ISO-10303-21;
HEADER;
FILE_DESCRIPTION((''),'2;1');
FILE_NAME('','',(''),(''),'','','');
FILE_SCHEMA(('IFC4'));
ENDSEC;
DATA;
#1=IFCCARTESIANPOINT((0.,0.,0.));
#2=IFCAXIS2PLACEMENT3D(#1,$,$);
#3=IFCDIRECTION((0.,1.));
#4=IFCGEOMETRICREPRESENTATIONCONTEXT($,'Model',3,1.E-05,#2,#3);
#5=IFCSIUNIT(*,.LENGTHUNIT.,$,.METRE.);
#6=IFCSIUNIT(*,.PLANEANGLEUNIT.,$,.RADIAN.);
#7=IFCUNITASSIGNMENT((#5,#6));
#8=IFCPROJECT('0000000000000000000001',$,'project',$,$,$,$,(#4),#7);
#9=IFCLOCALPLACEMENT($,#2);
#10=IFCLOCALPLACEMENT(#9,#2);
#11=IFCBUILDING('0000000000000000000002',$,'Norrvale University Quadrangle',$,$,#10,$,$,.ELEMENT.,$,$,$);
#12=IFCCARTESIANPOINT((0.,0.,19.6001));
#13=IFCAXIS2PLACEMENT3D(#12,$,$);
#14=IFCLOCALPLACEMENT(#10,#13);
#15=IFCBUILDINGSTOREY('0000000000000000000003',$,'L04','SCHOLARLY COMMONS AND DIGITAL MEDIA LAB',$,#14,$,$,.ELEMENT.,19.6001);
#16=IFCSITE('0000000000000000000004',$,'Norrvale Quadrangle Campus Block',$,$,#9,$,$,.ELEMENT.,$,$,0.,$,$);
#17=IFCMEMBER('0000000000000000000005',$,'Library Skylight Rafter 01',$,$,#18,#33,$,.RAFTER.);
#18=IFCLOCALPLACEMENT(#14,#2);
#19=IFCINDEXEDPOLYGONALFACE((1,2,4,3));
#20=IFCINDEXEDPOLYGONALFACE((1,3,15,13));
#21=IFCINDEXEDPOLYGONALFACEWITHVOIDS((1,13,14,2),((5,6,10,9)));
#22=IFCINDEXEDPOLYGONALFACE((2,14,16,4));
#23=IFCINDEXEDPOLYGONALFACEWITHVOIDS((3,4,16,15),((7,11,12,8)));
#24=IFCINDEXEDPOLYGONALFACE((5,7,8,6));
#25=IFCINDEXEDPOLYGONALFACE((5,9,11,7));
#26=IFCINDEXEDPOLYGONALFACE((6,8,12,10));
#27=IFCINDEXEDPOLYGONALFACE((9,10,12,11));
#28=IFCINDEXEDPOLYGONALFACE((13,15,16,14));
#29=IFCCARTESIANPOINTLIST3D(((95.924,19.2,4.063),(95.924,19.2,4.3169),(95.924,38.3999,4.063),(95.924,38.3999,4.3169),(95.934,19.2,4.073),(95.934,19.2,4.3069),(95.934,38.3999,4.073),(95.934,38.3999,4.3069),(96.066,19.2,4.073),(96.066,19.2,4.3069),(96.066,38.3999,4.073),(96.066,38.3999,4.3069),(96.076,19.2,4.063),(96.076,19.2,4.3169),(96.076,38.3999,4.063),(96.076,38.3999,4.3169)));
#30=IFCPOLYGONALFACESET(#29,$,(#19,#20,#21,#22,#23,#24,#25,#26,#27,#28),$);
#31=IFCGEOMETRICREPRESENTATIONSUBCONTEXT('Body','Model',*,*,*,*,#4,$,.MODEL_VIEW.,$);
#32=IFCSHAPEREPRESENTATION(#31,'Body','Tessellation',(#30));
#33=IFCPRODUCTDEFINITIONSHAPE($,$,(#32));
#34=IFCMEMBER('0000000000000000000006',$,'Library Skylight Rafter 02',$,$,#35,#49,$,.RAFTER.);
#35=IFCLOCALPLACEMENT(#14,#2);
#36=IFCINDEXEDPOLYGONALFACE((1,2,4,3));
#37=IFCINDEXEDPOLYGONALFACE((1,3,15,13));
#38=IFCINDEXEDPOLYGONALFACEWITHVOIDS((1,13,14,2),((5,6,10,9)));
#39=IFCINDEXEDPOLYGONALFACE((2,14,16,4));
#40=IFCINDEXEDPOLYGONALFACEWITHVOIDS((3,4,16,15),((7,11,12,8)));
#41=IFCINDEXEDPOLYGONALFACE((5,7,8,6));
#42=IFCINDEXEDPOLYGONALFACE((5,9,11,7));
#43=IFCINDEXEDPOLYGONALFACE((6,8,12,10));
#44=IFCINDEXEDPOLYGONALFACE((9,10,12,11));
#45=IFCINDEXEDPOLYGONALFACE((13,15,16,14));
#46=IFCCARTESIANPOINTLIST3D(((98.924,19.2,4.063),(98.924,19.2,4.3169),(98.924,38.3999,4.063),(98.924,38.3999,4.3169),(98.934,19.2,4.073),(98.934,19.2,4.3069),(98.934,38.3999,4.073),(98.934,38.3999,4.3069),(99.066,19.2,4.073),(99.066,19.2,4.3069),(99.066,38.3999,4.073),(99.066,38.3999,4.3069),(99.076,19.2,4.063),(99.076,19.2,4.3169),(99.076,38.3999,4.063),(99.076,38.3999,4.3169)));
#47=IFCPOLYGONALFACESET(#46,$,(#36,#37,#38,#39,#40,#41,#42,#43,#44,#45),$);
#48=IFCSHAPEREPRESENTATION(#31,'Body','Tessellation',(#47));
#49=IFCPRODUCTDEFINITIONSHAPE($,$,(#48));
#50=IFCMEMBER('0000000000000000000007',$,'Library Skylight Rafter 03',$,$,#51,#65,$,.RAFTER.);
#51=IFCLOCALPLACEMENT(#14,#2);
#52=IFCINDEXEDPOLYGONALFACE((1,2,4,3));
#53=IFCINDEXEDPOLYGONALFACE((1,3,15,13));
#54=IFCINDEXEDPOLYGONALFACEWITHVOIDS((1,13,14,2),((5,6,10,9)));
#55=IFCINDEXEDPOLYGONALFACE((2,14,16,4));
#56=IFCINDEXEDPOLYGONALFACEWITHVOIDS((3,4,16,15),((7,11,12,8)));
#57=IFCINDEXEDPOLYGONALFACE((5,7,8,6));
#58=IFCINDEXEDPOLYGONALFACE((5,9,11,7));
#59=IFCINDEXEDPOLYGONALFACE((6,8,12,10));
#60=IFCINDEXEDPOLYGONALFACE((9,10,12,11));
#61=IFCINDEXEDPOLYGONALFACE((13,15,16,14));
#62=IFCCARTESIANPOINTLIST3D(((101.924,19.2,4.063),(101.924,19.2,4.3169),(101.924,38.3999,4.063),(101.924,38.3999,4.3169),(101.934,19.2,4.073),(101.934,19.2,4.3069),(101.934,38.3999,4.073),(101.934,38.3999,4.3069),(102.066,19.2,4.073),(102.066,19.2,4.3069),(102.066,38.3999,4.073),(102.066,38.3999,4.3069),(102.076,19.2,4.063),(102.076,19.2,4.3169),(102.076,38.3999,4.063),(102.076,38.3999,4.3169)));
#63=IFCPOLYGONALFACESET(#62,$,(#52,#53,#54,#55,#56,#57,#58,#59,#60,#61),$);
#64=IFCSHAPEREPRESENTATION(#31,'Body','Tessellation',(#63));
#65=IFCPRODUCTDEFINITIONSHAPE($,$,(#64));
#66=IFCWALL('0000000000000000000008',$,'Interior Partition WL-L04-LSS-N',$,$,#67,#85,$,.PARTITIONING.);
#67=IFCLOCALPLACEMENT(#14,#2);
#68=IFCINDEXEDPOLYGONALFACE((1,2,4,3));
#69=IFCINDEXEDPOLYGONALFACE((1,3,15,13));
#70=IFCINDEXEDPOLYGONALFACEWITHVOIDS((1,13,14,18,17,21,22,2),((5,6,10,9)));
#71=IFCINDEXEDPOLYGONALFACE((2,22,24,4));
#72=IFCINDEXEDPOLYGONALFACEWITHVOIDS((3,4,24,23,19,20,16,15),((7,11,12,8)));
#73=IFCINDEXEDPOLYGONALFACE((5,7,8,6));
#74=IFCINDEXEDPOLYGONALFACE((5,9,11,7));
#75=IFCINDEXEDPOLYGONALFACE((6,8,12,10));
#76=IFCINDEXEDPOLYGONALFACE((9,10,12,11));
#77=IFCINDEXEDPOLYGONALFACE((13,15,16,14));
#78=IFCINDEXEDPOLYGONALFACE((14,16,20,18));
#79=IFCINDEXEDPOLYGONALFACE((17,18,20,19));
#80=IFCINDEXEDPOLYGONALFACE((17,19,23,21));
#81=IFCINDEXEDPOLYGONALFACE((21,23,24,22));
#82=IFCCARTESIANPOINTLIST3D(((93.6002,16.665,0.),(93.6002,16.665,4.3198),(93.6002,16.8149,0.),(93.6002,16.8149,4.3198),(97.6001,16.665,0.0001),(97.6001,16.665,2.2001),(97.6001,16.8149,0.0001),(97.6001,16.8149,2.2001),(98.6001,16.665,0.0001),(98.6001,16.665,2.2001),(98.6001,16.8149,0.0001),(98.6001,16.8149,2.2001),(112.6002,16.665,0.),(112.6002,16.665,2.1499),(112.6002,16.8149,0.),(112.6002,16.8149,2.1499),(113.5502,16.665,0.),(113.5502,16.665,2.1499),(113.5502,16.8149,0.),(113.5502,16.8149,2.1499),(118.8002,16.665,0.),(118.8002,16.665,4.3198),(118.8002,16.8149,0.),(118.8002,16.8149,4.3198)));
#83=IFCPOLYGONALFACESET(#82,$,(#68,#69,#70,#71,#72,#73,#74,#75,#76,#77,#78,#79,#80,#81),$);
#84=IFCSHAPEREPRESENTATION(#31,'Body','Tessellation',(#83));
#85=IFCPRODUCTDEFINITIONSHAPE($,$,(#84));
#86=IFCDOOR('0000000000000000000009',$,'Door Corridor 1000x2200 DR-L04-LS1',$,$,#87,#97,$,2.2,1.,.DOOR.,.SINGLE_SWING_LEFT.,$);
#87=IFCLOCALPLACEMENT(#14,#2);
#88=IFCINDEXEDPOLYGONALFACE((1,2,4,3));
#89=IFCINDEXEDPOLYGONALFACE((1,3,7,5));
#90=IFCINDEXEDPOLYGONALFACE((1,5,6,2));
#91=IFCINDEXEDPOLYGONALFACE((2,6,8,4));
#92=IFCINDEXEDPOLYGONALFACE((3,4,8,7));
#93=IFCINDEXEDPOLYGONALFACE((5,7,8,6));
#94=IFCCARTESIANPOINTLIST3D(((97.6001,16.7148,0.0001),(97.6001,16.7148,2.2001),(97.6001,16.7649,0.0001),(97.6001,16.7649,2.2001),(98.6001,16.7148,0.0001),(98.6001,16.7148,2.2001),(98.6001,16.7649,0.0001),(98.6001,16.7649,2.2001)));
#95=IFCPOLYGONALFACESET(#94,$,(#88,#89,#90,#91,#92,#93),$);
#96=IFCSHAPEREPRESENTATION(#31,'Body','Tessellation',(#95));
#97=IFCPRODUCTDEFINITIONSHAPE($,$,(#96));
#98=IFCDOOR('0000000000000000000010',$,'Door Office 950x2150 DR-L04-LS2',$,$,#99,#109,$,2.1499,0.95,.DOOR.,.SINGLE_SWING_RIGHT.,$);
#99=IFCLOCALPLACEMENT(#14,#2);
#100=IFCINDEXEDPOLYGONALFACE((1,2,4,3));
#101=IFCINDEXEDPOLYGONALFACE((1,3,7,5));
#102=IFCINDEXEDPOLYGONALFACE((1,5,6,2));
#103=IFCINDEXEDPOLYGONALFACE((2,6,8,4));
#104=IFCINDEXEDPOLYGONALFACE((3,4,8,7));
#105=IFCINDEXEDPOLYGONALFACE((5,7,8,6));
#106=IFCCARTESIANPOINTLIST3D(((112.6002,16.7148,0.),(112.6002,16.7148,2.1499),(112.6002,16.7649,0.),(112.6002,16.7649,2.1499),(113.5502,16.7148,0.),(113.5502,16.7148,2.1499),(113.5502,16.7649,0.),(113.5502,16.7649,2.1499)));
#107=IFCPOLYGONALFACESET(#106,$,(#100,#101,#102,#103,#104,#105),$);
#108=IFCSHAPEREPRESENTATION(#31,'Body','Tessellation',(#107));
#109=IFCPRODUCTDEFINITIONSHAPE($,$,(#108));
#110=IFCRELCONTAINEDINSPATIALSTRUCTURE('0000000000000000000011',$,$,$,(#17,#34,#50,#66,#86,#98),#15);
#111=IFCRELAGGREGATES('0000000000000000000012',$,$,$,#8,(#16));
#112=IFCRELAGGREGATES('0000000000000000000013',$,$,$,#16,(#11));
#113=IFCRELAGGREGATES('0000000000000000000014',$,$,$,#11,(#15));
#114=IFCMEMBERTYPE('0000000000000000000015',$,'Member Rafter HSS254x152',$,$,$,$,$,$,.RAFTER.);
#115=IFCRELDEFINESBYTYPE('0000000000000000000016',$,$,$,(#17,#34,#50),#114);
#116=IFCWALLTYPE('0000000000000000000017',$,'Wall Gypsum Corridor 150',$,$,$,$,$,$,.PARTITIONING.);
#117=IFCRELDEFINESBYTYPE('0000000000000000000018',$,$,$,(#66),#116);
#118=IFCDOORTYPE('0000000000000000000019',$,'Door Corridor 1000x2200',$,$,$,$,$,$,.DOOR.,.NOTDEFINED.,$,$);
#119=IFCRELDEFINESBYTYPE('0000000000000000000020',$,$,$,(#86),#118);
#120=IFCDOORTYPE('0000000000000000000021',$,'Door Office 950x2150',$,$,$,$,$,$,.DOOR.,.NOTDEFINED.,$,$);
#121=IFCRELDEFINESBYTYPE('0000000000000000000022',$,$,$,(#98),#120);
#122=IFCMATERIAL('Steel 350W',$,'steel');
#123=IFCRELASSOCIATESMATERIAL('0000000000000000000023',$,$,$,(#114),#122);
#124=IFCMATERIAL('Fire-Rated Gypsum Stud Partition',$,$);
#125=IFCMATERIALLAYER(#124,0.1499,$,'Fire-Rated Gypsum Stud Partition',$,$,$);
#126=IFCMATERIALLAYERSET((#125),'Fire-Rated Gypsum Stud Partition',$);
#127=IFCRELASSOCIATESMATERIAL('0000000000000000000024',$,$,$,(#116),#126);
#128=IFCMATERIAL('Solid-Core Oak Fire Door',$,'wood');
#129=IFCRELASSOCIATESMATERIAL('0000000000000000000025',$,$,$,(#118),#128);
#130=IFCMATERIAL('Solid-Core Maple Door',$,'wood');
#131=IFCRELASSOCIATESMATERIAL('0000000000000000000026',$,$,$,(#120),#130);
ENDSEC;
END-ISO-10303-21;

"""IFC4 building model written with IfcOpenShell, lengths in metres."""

from ifc_helpers import new_model, si_unit, direction, frame, frame_2d, origin, origin_2d, place, context, subcontext, project, spatial, rectangle, hollow_rectangle, extrude, material, layer, layer_set, material_profile, profile_set, type_object, element, fill, save


model = new_model("IFC4")

# Units and contexts
model_context = context("Model", 3, precision=1e-05, world=origin(), true_north=direction((0.0, 1.0)))
body_context = subcontext(model_context, "Body", "Model", "MODEL_VIEW")
ifc_project = project(units=[si_unit("LENGTHUNIT", "METRE"), si_unit("PLANEANGLEUNIT", "RADIAN")], contexts=[model_context])

# Site, building, storey
site_placement = place(None, origin())
site = spatial("IfcSite", under=ifc_project, at=site_placement, Name="Norrvale Quadrangle Campus Block", CompositionType="ELEMENT", RefElevation=0.0)
building_placement = place(site_placement, origin())
building = spatial("IfcBuilding", under=site, at=building_placement, Name="Norrvale University Quadrangle", CompositionType="ELEMENT")
storey_placement = place(building_placement, frame((0.0, 0.0, 19.6001)))
storey = spatial("IfcBuildingStorey", under=building, at=storey_placement, Name="L04", Description="SCHOLARLY COMMONS AND DIGITAL MEDIA LAB", CompositionType="ELEMENT", Elevation=19.6001)

# Shared definitions
ifc_material_1 = material(Name="Steel 350W", Category="steel")

# Members
ifc_material_profile_1 = material_profile(ifc_material_1, hollow_rectangle(XDim=0.1521, YDim=0.2539, WallThickness=0.01, at=origin_2d()), Name="Steel 350W")
ifc_profile_set_1 = profile_set([ifc_material_profile_1], Name="Steel 350W")
member_type = type_object("IfcMemberType", Name="Member Rafter HSS254x152", PredefinedType="RAFTER", material=ifc_profile_set_1)
for number, where, z_axis, x_axis, name in (
    (1, (96.0, 19.2, 4.1899), (0.0, 1.0, 0.0), (-1.0, 0.0, 0.0), "Library Skylight Rafter 01"),
    (2, (99.0, 19.2, 4.1899), (0.0, 1.0, 0.0), (-1.0, 0.0, 0.0), "Library Skylight Rafter 02"),
    (3, (102.0, 19.2, 4.1899), (0.0, 1.0, 0.0), (-1.0, 0.0, 0.0), "Library Skylight Rafter 03"),
):
    element("IfcMember", number, at=place(storey_placement, frame(where, z_axis=z_axis, x_axis=x_axis)), inside=storey, type_object=member_type, Name=name, PredefinedType="RAFTER", context=body_context, shape_type="SweptSolid", body=[
        extrude(hollow_rectangle(XDim=0.1521, YDim=0.2539, WallThickness=0.01, at=origin_2d()), origin(), (0.0, 0.0, 1.0), 19.2),
    ])

# Wall, openings, doors
ifc_material_2 = material(Name="Fire-Rated Gypsum Stud Partition")
ifc_layer_1 = layer(ifc_material_2, 0.1499, Name="Fire-Rated Gypsum Stud Partition")
ifc_layer_set_1 = layer_set([ifc_layer_1], Name="Fire-Rated Gypsum Stud Partition")
wall_type_1 = type_object("IfcWallType", Name="Wall Gypsum Corridor 150", PredefinedType="PARTITIONING", material=ifc_layer_set_1)
wall_1_placement = place(storey_placement, frame((93.6001, 16.74, 0.0), z_axis=(0.0, 0.0, 1.0), x_axis=(1.0, 0.0, 0.0)))
wall_1 = element("IfcWall", 4, at=wall_1_placement, inside=storey, type_object=wall_type_1, Name="Interior Partition WL-L04-LSS-N", PredefinedType="PARTITIONING", context=body_context, shape_type="SweptSolid", body=[
    extrude(rectangle(XDim=25.2, YDim=0.1499, at=frame_2d((12.6001, 0.0))), origin(), (0.0, 0.0, 1.0), 4.3198),
])
opening_1_placement = place(wall_1_placement, frame((4.0, 0.0, 0.0)))
opening_1 = element("IfcOpeningElement", 5, at=opening_1_placement, cuts=wall_1, PredefinedType="OPENING", context=body_context, shape_type="SweptSolid", body=[
    extrude(rectangle(XDim=1.0, YDim=2.2, at=frame_2d((0.5, 1.1001))), frame((0.0, 0.0869, 0.0), z_axis=(0.0, -1.0, 0.0), x_axis=(1.0, 0.0, 0.0)), (0.0, 0.0, 1.0), 0.1738),
])
opening_2_placement = place(wall_1_placement, frame((19.0, 0.0, 0.0)))
opening_2 = element("IfcOpeningElement", 6, at=opening_2_placement, cuts=wall_1, PredefinedType="OPENING", context=body_context, shape_type="SweptSolid", body=[
    extrude(rectangle(XDim=0.95, YDim=2.1499, at=frame_2d((0.4751, 1.075))), frame((0.0, 0.0869, 0.0), z_axis=(0.0, -1.0, 0.0), x_axis=(1.0, 0.0, 0.0)), (0.0, 0.0, 1.0), 0.1738),
])
ifc_material_3 = material(Name="Solid-Core Oak Fire Door", Category="wood")
door_type_1 = type_object("IfcDoorType", Name="Door Corridor 1000x2200", OperationType="NOTDEFINED", PredefinedType="DOOR", material=ifc_material_3)
door_1_placement = place(opening_1_placement, origin())
door_1 = element("IfcDoor", 7, at=door_1_placement, inside=storey, type_object=door_type_1, Name="Door Corridor 1000x2200 DR-L04-LS1", OperationType="SINGLE_SWING_LEFT", OverallHeight=2.2, OverallWidth=1.0, PredefinedType="DOOR", context=body_context, shape_type="SweptSolid", body=[
    extrude(rectangle(XDim=1.0, YDim=2.2, at=frame_2d((0.5, 1.1001))), frame((0.0, 0.0249, 0.0), z_axis=(0.0, -1.0, 0.0), x_axis=(1.0, 0.0, 0.0)), (0.0, 0.0, 1.0), 0.05),
])
fill(opening_1, door_1)
ifc_material_4 = material(Name="Solid-Core Maple Door", Category="wood")
door_type_2 = type_object("IfcDoorType", Name="Door Office 950x2150", OperationType="NOTDEFINED", PredefinedType="DOOR", material=ifc_material_4)
door_2_placement = place(opening_2_placement, origin())
door_2 = element("IfcDoor", 8, at=door_2_placement, inside=storey, type_object=door_type_2, Name="Door Office 950x2150 DR-L04-LS2", OperationType="SINGLE_SWING_RIGHT", OverallHeight=2.1499, OverallWidth=0.95, PredefinedType="DOOR", context=body_context, shape_type="SweptSolid", body=[
    extrude(rectangle(XDim=0.95, YDim=2.1499, at=frame_2d((0.4751, 1.075))), frame((0.0, 0.0249, 0.0), z_axis=(0.0, -1.0, 0.0), x_axis=(1.0, 0.0, 0.0)), (0.0, 0.0, 1.0), 0.05),
])
fill(opening_2, door_2)

save(model, "model.ifc")
